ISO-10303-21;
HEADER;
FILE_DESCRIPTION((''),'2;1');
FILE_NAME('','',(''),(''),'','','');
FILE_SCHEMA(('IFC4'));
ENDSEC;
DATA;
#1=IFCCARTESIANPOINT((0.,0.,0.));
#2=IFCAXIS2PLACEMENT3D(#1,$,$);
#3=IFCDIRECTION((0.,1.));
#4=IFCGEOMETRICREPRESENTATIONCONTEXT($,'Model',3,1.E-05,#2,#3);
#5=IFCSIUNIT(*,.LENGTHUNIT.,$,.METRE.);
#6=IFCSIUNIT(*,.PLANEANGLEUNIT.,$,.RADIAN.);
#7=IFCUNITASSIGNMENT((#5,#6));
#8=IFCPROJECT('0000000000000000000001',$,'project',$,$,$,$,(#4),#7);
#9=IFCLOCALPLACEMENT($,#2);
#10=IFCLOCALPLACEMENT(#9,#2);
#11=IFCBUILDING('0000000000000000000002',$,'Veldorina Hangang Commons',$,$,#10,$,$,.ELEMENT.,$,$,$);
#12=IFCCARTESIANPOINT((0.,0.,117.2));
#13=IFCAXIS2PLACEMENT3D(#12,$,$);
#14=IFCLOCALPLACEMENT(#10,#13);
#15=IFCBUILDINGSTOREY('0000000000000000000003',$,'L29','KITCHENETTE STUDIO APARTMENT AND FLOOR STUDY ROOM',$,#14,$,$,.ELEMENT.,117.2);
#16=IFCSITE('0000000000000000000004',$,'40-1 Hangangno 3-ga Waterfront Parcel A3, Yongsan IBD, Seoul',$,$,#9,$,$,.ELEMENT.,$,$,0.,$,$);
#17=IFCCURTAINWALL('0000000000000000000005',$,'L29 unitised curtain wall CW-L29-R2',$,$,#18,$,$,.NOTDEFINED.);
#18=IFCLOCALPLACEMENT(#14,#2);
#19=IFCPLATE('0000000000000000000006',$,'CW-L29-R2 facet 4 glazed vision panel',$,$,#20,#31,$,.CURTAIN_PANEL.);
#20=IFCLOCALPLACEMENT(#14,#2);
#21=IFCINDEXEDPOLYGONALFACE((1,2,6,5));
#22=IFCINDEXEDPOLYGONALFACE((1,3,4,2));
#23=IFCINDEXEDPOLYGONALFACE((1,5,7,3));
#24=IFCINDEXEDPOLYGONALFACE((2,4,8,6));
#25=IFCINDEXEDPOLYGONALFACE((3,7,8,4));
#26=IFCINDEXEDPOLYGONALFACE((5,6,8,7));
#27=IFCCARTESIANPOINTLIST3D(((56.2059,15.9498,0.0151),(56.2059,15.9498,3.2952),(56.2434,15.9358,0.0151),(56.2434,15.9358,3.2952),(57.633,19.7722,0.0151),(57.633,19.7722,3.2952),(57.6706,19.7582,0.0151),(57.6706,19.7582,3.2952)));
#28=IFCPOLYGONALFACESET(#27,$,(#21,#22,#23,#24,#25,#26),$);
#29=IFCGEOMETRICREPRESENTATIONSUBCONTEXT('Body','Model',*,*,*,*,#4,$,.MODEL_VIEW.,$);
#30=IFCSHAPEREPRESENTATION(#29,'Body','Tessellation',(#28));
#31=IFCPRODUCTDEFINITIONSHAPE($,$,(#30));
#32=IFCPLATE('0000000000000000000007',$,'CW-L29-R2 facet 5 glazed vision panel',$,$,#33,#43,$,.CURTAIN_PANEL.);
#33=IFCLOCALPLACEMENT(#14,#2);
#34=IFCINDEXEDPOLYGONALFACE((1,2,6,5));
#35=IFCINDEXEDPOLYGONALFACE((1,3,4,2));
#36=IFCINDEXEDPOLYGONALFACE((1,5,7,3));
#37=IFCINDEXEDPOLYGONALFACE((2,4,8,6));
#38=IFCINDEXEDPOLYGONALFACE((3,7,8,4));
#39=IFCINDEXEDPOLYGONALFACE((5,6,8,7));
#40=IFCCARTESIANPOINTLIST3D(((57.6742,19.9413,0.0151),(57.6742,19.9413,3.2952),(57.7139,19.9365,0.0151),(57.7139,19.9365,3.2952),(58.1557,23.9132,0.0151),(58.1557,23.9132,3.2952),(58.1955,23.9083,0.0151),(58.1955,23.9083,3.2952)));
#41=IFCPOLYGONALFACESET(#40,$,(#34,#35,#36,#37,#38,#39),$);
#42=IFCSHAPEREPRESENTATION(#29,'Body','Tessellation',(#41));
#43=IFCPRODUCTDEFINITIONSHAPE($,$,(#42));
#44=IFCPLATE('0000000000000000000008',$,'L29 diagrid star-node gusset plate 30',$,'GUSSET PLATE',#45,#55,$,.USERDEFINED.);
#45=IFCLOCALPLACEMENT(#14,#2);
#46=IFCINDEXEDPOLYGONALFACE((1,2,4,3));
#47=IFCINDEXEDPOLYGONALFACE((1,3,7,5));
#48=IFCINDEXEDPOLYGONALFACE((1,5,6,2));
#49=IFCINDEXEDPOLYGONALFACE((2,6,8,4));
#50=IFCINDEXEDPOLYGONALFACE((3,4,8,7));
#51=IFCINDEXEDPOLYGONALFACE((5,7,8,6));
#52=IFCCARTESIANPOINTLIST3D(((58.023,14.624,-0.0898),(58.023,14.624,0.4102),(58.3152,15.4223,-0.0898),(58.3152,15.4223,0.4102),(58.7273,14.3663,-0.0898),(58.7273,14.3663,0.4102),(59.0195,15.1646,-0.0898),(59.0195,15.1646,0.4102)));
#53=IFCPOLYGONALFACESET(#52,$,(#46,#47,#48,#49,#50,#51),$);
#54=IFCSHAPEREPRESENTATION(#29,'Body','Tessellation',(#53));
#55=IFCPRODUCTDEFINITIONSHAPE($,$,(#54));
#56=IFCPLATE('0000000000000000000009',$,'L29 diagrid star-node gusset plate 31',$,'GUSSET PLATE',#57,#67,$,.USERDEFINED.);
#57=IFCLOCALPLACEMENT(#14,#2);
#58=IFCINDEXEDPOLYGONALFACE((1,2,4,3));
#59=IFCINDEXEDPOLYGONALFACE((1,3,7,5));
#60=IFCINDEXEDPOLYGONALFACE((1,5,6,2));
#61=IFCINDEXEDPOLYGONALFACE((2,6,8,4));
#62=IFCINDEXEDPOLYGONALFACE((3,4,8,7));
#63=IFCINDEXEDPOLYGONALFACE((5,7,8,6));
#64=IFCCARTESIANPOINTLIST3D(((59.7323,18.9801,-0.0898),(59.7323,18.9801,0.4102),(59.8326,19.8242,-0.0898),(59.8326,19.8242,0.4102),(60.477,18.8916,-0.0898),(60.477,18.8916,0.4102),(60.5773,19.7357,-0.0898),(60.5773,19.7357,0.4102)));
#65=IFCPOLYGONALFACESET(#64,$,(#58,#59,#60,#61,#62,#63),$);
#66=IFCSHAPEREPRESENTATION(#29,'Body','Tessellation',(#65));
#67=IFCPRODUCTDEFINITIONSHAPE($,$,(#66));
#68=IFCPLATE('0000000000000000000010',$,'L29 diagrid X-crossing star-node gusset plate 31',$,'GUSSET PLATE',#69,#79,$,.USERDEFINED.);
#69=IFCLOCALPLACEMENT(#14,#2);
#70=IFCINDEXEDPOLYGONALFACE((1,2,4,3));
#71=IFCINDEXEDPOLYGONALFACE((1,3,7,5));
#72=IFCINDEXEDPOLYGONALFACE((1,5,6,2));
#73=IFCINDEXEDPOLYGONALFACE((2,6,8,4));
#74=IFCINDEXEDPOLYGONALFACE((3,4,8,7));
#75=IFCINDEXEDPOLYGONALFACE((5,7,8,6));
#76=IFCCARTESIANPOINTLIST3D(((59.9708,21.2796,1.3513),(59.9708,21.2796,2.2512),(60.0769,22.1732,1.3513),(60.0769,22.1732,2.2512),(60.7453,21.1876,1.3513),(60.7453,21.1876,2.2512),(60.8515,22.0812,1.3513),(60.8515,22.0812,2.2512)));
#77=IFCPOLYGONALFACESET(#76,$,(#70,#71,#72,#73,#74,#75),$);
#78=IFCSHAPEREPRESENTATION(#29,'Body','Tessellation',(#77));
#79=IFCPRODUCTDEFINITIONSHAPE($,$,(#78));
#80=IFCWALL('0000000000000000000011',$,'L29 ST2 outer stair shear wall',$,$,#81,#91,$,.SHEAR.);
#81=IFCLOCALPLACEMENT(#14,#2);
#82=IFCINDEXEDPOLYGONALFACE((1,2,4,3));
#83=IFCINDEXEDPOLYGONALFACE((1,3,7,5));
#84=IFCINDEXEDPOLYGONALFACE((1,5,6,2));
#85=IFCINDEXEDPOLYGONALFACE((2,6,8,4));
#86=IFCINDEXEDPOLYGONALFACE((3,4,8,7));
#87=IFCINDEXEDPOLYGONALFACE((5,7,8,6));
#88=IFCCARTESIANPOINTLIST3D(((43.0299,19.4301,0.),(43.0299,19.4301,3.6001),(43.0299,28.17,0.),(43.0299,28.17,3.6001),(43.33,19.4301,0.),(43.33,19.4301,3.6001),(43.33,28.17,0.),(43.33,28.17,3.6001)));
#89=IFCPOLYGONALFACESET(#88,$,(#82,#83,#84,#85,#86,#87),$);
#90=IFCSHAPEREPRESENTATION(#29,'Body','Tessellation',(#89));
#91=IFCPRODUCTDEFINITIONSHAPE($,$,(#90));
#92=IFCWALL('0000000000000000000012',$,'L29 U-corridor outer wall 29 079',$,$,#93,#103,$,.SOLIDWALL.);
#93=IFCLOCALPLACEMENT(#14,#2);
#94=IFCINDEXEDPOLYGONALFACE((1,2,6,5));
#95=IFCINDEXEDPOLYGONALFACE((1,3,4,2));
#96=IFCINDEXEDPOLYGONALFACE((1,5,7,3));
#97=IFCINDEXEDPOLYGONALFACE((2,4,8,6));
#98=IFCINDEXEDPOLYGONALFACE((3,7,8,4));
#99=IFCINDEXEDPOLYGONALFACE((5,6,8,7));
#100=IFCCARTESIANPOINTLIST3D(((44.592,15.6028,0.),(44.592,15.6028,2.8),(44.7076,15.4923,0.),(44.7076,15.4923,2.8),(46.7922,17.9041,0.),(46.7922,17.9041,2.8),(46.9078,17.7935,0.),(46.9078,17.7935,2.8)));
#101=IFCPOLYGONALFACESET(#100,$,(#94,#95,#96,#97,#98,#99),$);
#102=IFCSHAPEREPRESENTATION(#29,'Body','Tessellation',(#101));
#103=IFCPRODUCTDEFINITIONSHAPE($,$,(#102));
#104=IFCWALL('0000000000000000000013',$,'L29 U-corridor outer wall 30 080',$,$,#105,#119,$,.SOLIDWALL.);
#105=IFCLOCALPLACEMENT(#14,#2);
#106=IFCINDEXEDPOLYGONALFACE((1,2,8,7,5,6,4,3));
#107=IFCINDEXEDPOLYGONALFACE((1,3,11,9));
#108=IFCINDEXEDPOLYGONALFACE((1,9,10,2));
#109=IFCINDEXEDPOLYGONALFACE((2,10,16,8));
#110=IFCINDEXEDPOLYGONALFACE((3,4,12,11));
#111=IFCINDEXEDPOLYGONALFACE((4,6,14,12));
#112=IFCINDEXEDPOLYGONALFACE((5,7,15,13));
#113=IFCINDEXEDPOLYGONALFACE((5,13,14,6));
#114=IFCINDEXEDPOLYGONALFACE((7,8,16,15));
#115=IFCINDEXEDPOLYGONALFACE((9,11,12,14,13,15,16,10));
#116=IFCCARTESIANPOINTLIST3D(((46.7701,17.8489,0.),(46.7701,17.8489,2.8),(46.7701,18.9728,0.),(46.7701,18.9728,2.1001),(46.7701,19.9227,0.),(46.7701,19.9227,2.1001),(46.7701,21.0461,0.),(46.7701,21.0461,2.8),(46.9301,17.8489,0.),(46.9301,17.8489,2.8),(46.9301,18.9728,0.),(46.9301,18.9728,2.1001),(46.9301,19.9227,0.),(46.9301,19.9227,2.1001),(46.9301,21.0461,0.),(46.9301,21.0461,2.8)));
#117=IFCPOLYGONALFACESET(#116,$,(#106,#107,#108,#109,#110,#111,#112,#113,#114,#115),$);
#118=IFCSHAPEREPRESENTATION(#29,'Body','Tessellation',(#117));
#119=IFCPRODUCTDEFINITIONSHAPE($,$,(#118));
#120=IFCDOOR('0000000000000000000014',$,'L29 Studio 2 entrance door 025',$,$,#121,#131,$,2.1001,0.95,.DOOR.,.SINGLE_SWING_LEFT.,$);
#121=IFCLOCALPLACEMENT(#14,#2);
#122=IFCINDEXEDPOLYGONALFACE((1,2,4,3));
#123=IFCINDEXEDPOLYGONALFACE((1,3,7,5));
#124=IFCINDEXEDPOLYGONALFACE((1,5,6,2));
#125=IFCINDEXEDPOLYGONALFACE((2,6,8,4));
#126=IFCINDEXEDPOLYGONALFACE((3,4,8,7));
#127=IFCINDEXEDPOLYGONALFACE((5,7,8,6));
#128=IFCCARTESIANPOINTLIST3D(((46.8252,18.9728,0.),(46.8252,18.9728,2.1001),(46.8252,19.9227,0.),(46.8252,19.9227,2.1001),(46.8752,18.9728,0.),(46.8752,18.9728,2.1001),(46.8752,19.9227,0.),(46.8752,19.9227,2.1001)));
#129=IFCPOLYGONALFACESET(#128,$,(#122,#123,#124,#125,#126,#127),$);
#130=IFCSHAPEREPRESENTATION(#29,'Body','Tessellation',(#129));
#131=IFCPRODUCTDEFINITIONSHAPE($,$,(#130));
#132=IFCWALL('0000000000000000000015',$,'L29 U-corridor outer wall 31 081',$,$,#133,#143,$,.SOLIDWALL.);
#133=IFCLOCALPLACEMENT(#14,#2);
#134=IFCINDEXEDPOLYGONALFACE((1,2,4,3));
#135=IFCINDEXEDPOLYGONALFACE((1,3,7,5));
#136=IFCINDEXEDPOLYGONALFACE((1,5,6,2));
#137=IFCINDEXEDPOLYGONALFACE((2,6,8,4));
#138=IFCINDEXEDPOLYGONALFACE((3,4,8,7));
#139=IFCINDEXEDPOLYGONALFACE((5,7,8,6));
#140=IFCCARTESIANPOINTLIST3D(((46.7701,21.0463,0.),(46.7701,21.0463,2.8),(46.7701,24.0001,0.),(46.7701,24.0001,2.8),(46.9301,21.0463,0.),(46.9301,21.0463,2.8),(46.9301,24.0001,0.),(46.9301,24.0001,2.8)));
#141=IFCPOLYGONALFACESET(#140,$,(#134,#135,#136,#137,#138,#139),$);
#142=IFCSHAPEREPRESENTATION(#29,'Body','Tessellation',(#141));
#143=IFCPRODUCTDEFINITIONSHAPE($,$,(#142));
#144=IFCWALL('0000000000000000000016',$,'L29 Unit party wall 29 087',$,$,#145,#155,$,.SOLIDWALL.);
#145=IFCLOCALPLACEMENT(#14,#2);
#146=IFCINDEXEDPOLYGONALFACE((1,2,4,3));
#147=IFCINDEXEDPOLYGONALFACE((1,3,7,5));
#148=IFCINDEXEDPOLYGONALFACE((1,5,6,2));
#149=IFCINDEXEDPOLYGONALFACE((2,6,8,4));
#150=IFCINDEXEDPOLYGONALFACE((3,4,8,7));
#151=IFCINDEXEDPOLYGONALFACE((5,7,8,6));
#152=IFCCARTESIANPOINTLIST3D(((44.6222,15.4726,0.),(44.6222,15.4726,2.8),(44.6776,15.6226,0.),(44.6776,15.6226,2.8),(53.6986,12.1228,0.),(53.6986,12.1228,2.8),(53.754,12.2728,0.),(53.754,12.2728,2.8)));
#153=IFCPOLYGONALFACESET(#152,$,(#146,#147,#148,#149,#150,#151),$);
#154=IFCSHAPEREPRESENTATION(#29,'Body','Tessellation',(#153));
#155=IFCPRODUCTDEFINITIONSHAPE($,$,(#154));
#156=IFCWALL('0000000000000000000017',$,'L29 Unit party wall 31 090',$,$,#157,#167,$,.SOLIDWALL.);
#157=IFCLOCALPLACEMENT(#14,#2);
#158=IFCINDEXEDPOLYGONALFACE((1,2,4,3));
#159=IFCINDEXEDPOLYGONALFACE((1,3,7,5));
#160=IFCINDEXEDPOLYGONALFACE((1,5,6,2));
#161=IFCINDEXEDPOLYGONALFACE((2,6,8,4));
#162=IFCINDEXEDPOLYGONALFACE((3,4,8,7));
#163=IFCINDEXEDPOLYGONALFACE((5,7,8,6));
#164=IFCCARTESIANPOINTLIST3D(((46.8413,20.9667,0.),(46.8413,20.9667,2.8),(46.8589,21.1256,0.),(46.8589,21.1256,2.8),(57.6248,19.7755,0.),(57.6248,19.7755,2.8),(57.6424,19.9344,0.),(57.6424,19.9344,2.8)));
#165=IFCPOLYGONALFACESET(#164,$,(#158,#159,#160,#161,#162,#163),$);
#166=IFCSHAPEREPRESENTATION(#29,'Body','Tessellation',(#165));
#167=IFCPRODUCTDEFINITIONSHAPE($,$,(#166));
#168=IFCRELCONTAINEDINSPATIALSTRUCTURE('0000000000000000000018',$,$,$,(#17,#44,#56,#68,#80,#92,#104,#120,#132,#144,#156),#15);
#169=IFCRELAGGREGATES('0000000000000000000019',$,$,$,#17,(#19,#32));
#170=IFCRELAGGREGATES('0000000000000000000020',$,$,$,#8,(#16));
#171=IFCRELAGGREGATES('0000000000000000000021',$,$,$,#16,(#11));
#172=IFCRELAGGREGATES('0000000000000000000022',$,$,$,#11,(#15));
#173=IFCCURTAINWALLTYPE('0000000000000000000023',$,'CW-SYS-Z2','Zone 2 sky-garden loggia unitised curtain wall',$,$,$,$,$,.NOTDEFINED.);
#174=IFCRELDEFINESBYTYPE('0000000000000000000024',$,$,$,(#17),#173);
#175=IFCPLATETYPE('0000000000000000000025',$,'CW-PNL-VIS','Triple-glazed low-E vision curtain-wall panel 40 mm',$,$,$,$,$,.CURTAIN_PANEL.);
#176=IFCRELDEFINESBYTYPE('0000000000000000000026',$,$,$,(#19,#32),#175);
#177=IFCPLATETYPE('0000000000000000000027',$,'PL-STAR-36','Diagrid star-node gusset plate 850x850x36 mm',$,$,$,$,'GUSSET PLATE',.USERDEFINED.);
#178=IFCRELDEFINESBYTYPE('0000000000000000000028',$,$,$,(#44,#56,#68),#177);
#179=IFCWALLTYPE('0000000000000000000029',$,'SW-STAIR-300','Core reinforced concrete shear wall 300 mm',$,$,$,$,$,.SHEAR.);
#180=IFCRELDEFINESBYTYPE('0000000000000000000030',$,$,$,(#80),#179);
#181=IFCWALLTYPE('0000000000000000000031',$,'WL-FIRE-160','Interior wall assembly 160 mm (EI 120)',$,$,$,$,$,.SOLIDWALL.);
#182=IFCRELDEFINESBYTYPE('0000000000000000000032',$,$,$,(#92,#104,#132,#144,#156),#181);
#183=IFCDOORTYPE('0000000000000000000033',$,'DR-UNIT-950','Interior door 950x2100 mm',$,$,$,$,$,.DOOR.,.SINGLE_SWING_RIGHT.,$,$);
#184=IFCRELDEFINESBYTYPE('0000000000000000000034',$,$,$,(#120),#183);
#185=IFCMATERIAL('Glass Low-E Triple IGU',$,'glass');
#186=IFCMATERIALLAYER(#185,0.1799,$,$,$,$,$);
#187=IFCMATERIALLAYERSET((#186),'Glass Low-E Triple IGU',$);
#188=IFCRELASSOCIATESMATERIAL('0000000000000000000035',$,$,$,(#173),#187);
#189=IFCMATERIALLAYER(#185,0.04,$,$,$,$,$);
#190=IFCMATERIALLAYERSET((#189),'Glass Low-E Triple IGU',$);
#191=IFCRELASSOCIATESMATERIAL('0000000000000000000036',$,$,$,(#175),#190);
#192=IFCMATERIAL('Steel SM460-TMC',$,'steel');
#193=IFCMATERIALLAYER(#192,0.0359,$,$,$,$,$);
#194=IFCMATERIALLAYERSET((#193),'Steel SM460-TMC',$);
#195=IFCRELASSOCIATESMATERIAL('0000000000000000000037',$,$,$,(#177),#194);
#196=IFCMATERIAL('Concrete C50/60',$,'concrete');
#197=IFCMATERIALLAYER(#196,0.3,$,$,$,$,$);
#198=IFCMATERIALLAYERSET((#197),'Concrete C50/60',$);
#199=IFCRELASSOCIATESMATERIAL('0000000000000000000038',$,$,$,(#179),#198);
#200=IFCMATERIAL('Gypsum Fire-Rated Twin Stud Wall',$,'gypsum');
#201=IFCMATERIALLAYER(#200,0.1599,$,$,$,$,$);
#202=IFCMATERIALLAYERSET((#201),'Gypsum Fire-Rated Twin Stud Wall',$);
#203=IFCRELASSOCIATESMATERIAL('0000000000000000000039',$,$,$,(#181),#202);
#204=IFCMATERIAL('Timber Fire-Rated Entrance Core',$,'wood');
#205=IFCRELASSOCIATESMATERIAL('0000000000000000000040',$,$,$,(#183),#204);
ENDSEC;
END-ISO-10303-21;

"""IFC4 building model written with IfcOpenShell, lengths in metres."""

from ifc_helpers import new_model, si_unit, direction, frame, frame_2d, origin, origin_2d, place, context, subcontext, project, spatial, rectangle, extrude, material, layer, layer_set, type_object, element, fill, aggregate, save


model = new_model("IFC4")

# Units and contexts
model_context = context("Model", 3, precision=1e-05, world=origin(), true_north=direction((0.0, 1.0)))
body_context = subcontext(model_context, "Body", "Model", "MODEL_VIEW")
ifc_project = project(units=[si_unit("LENGTHUNIT", "METRE"), si_unit("PLANEANGLEUNIT", "RADIAN")], contexts=[model_context])

# Site, building, storey
site_placement = place(None, origin())
site = spatial("IfcSite", under=ifc_project, at=site_placement, Name="40-1 Hangangno 3-ga Waterfront Parcel A3, Yongsan IBD, Seoul", CompositionType="ELEMENT", RefElevation=0.0)
building_placement = place(site_placement, origin())
building = spatial("IfcBuilding", under=site, at=building_placement, Name="Veldorina Hangang Commons", CompositionType="ELEMENT")
storey_placement = place(building_placement, frame((0.0, 0.0, 117.2)))
storey = spatial("IfcBuildingStorey", under=building, at=storey_placement, Name="L29", Description="KITCHENETTE STUDIO APARTMENT AND FLOOR STUDY ROOM", CompositionType="ELEMENT", Elevation=117.2)

# Curtain wall
ifc_material_1 = material(Name="Glass Low-E Triple IGU", Category="glass")
ifc_layer_1 = layer(ifc_material_1, 0.1799)
ifc_layer_set_1 = layer_set([ifc_layer_1], Name="Glass Low-E Triple IGU")
curtain_wall_type = type_object("IfcCurtainWallType", Name="CW-SYS-Z2", Description="Zone 2 sky-garden loggia unitised curtain wall", PredefinedType="NOTDEFINED", material=ifc_layer_set_1)
curtain_wall_placement = place(storey_placement, origin())
curtain_wall = element("IfcCurtainWall", 1, at=curtain_wall_placement, inside=storey, type_object=curtain_wall_type, Name="L29 unitised curtain wall CW-L29-R2", PredefinedType="NOTDEFINED")

# Plates
ifc_layer_2 = layer(ifc_material_1, 0.04)
ifc_layer_set_2 = layer_set([ifc_layer_2], Name="Glass Low-E Triple IGU")
plate_type_1 = type_object("IfcPlateType", Name="CW-PNL-VIS", Description="Triple-glazed low-E vision curtain-wall panel 40 mm", PredefinedType="CURTAIN_PANEL", material=ifc_layer_set_2)
plate_1_placement = place(storey_placement, frame((56.9382, 17.854, 0.0151), z_axis=(0.0, 0.0, 1.0), x_axis=(0.349782, 0.936831, 0.0)))
plate_1 = element("IfcPlate", 2, at=plate_1_placement, type_object=plate_type_1, Name="CW-L29-R2 facet 4 glazed vision panel", PredefinedType="CURTAIN_PANEL", context=body_context, shape_type="SweptSolid", body=[
    extrude(rectangle(XDim=4.0801, YDim=0.04, at=origin_2d()), origin(), (0.0, 0.0, 1.0), 3.28),
])
plate_2_placement = place(storey_placement, frame((57.9348, 21.9248, 0.0151), z_axis=(0.0, 0.0, 1.0), x_axis=(0.120362, 0.99273, 0.0)))
plate_2 = element("IfcPlate", 3, at=plate_2_placement, type_object=plate_type_1, Name="CW-L29-R2 facet 5 glazed vision panel", PredefinedType="CURTAIN_PANEL", context=body_context, shape_type="SweptSolid", body=[
    extrude(rectangle(XDim=4.001, YDim=0.04, at=origin_2d()), origin(), (0.0, 0.0, 1.0), 3.28),
])
aggregate(curtain_wall, [plate_1, plate_2])

# Plates
ifc_material_2 = material(Name="Steel SM460-TMC", Category="steel")
ifc_layer_3 = layer(ifc_material_2, 0.0359)
ifc_layer_set_3 = layer_set([ifc_layer_3], Name="Steel SM460-TMC")
plate_type_2 = type_object("IfcPlateType", Name="PL-STAR-36", Description="Diagrid star-node gusset plate 850x850x36 mm", ElementType="GUSSET PLATE", PredefinedType="USERDEFINED", material=ifc_layer_set_3)
for number, where, z_axis, x_axis, name in (
    (4, (58.5212, 14.8943, -0.0898), (0.0, 0.0, 1.0), (0.343676, 0.939088, 0.0), "L29 diagrid star-node gusset plate 30"),
    (5, (60.1548, 19.3579, -0.0898), (0.0, 0.0, 1.0), (0.117988, 0.993015, 0.0), "L29 diagrid star-node gusset plate 31"),
):
    element("IfcPlate", number, at=place(storey_placement, frame(where, z_axis=z_axis, x_axis=x_axis)), inside=storey, type_object=plate_type_2, Name=name, ObjectType="GUSSET PLATE", PredefinedType="USERDEFINED", context=body_context, shape_type="SweptSolid", body=[
        extrude(rectangle(XDim=0.8501, YDim=0.75, at=origin_2d()), origin(), (0.0, 0.0, 1.0), 0.5),
    ])
plate_3_placement = place(storey_placement, frame((60.4111, 21.6804, 1.3513), z_axis=(0.0, 0.0, 1.0), x_axis=(0.117988, 0.993015, 0.0)))
element("IfcPlate", 6, at=plate_3_placement, inside=storey, type_object=plate_type_2, Name="L29 diagrid X-crossing star-node gusset plate 31", ObjectType="GUSSET PLATE", PredefinedType="USERDEFINED", context=body_context, shape_type="SweptSolid", body=[
    extrude(rectangle(XDim=0.8999, YDim=0.78, at=origin_2d()), origin(), (0.0, 0.0, 1.0), 0.8999),
])

# Walls
ifc_material_3 = material(Name="Concrete C50/60", Category="concrete")
ifc_layer_4 = layer(ifc_material_3, 0.3)
ifc_layer_set_4 = layer_set([ifc_layer_4], Name="Concrete C50/60")
wall_type_1 = type_object("IfcWallType", Name="SW-STAIR-300", Description="Core reinforced concrete shear wall 300 mm", PredefinedType="SHEAR", material=ifc_layer_set_4)
wall_1_placement = place(storey_placement, frame((43.1799, 19.4299, 0.0), z_axis=(0.0, 0.0, 1.0), x_axis=(0.0, 1.0, 0.0)))
element("IfcWall", 7, at=wall_1_placement, inside=storey, type_object=wall_type_1, Name="L29 ST2 outer stair shear wall", PredefinedType="SHEAR", context=body_context, shape_type="SweptSolid", body=[
    extrude(rectangle(XDim=8.74, YDim=0.3, at=frame_2d((4.3701, 0.0))), origin(), (0.0, 0.0, 1.0), 3.6001),
])
ifc_material_4 = material(Name="Gypsum Fire-Rated Twin Stud Wall", Category="gypsum")
ifc_layer_5 = layer(ifc_material_4, 0.1599)
ifc_layer_set_5 = layer_set([ifc_layer_5], Name="Gypsum Fire-Rated Twin Stud Wall")
wall_type_2 = type_object("IfcWallType", Name="WL-FIRE-160", Description="Interior wall assembly 160 mm (EI 120)", PredefinedType="SOLIDWALL", material=ifc_layer_set_5)
wall_2_placement = place(storey_placement, frame((44.6499, 15.5476, 0.0), z_axis=(0.0, 0.0, 1.0), x_axis=(0.691055, 0.722802, 0.0)))
element("IfcWall", 8, at=wall_2_placement, inside=storey, type_object=wall_type_2, Name="L29 U-corridor outer wall 29 079", PredefinedType="SOLIDWALL", context=body_context, shape_type="SweptSolid", body=[
    extrude(rectangle(XDim=3.1838, YDim=0.1599, at=frame_2d((1.5918, 0.0))), origin(), (0.0, 0.0, 1.0), 2.8),
])

# Wall, opening, door
wall_3_placement = place(storey_placement, frame((46.8501, 17.8489, 0.0), z_axis=(0.0, 0.0, 1.0), x_axis=(0.0, 1.0, 0.0)))
wall_3 = element("IfcWall", 9, at=wall_3_placement, inside=storey, type_object=wall_type_2, Name="L29 U-corridor outer wall 30 080", PredefinedType="SOLIDWALL", context=body_context, shape_type="SweptSolid", body=[
    extrude(rectangle(XDim=3.1973, YDim=0.1599, at=frame_2d((1.5986, 0.0))), origin(), (0.0, 0.0, 1.0), 2.8),
])
opening_1_placement = place(wall_3_placement, frame((1.1238, 0.0, 0.0)))
opening_1 = element("IfcOpeningElement", 10, at=opening_1_placement, cuts=wall_3, PredefinedType="OPENING", context=body_context, shape_type="SweptSolid", body=[
    extrude(rectangle(XDim=0.95, YDim=2.1001, at=frame_2d((0.4751, 1.05))), frame((0.0, 0.0898, 0.0), z_axis=(0.0, -1.0, 0.0), x_axis=(1.0, 0.0, 0.0)), (0.0, 0.0, 1.0), 0.1799),
])
ifc_material_5 = material(Name="Timber Fire-Rated Entrance Core", Category="wood")
door_type_1 = type_object("IfcDoorType", Name="DR-UNIT-950", Description="Interior door 950x2100 mm", OperationType="SINGLE_SWING_RIGHT", PredefinedType="DOOR", material=ifc_material_5)
door_1_placement = place(opening_1_placement, origin())
door_1 = element("IfcDoor", 11, at=door_1_placement, inside=storey, type_object=door_type_1, Name="L29 Studio 2 entrance door 025", OperationType="SINGLE_SWING_LEFT", OverallHeight=2.1001, OverallWidth=0.95, PredefinedType="DOOR", context=body_context, shape_type="SweptSolid", body=[
    extrude(rectangle(XDim=0.95, YDim=2.1001, at=frame_2d((0.4751, 1.05))), frame((0.0, 0.0249, 0.0), z_axis=(0.0, -1.0, 0.0), x_axis=(1.0, 0.0, 0.0)), (0.0, 0.0, 1.0), 0.05),
])
fill(opening_1, door_1)

# Walls
wall_4_placement = place(storey_placement, frame((46.8501, 21.0461, 0.0), z_axis=(0.0, 0.0, 1.0), x_axis=(0.0, 1.0, 0.0)))
element("IfcWall", 12, at=wall_4_placement, inside=storey, type_object=wall_type_2, Name="L29 U-corridor outer wall 31 081", PredefinedType="SOLIDWALL", context=body_context, shape_type="SweptSolid", body=[
    extrude(rectangle(XDim=2.9539, YDim=0.1599, at=frame_2d((1.4771, 0.0))), origin(), (0.0, 0.0, 1.0), 2.8),
])
wall_5_placement = place(storey_placement, frame((44.6499, 15.5476, 0.0), z_axis=(0.0, 0.0, 1.0), x_axis=(0.938145, -0.346243, 0.0)))
element("IfcWall", 13, at=wall_5_placement, inside=storey, type_object=wall_type_2, Name="L29 Unit party wall 29 087", PredefinedType="SOLIDWALL", context=body_context, shape_type="SweptSolid", body=[
    extrude(rectangle(XDim=9.6748, YDim=0.1599, at=frame_2d((4.8374, 0.0))), origin(), (0.0, 0.0, 1.0), 2.8),
])
wall_6_placement = place(storey_placement, frame((46.8501, 21.0461, 0.0), z_axis=(0.0, 0.0, 1.0), x_axis=(0.993954, -0.109794, 0.0)))
element("IfcWall", 14, at=wall_6_placement, inside=storey, type_object=wall_type_2, Name="L29 Unit party wall 31 090", PredefinedType="SOLIDWALL", context=body_context, shape_type="SweptSolid", body=[
    extrude(rectangle(XDim=10.8491, YDim=0.1599, at=frame_2d((5.4246, 0.0))), origin(), (0.0, 0.0, 1.0), 2.8),
])

save(model, "model.ifc")
